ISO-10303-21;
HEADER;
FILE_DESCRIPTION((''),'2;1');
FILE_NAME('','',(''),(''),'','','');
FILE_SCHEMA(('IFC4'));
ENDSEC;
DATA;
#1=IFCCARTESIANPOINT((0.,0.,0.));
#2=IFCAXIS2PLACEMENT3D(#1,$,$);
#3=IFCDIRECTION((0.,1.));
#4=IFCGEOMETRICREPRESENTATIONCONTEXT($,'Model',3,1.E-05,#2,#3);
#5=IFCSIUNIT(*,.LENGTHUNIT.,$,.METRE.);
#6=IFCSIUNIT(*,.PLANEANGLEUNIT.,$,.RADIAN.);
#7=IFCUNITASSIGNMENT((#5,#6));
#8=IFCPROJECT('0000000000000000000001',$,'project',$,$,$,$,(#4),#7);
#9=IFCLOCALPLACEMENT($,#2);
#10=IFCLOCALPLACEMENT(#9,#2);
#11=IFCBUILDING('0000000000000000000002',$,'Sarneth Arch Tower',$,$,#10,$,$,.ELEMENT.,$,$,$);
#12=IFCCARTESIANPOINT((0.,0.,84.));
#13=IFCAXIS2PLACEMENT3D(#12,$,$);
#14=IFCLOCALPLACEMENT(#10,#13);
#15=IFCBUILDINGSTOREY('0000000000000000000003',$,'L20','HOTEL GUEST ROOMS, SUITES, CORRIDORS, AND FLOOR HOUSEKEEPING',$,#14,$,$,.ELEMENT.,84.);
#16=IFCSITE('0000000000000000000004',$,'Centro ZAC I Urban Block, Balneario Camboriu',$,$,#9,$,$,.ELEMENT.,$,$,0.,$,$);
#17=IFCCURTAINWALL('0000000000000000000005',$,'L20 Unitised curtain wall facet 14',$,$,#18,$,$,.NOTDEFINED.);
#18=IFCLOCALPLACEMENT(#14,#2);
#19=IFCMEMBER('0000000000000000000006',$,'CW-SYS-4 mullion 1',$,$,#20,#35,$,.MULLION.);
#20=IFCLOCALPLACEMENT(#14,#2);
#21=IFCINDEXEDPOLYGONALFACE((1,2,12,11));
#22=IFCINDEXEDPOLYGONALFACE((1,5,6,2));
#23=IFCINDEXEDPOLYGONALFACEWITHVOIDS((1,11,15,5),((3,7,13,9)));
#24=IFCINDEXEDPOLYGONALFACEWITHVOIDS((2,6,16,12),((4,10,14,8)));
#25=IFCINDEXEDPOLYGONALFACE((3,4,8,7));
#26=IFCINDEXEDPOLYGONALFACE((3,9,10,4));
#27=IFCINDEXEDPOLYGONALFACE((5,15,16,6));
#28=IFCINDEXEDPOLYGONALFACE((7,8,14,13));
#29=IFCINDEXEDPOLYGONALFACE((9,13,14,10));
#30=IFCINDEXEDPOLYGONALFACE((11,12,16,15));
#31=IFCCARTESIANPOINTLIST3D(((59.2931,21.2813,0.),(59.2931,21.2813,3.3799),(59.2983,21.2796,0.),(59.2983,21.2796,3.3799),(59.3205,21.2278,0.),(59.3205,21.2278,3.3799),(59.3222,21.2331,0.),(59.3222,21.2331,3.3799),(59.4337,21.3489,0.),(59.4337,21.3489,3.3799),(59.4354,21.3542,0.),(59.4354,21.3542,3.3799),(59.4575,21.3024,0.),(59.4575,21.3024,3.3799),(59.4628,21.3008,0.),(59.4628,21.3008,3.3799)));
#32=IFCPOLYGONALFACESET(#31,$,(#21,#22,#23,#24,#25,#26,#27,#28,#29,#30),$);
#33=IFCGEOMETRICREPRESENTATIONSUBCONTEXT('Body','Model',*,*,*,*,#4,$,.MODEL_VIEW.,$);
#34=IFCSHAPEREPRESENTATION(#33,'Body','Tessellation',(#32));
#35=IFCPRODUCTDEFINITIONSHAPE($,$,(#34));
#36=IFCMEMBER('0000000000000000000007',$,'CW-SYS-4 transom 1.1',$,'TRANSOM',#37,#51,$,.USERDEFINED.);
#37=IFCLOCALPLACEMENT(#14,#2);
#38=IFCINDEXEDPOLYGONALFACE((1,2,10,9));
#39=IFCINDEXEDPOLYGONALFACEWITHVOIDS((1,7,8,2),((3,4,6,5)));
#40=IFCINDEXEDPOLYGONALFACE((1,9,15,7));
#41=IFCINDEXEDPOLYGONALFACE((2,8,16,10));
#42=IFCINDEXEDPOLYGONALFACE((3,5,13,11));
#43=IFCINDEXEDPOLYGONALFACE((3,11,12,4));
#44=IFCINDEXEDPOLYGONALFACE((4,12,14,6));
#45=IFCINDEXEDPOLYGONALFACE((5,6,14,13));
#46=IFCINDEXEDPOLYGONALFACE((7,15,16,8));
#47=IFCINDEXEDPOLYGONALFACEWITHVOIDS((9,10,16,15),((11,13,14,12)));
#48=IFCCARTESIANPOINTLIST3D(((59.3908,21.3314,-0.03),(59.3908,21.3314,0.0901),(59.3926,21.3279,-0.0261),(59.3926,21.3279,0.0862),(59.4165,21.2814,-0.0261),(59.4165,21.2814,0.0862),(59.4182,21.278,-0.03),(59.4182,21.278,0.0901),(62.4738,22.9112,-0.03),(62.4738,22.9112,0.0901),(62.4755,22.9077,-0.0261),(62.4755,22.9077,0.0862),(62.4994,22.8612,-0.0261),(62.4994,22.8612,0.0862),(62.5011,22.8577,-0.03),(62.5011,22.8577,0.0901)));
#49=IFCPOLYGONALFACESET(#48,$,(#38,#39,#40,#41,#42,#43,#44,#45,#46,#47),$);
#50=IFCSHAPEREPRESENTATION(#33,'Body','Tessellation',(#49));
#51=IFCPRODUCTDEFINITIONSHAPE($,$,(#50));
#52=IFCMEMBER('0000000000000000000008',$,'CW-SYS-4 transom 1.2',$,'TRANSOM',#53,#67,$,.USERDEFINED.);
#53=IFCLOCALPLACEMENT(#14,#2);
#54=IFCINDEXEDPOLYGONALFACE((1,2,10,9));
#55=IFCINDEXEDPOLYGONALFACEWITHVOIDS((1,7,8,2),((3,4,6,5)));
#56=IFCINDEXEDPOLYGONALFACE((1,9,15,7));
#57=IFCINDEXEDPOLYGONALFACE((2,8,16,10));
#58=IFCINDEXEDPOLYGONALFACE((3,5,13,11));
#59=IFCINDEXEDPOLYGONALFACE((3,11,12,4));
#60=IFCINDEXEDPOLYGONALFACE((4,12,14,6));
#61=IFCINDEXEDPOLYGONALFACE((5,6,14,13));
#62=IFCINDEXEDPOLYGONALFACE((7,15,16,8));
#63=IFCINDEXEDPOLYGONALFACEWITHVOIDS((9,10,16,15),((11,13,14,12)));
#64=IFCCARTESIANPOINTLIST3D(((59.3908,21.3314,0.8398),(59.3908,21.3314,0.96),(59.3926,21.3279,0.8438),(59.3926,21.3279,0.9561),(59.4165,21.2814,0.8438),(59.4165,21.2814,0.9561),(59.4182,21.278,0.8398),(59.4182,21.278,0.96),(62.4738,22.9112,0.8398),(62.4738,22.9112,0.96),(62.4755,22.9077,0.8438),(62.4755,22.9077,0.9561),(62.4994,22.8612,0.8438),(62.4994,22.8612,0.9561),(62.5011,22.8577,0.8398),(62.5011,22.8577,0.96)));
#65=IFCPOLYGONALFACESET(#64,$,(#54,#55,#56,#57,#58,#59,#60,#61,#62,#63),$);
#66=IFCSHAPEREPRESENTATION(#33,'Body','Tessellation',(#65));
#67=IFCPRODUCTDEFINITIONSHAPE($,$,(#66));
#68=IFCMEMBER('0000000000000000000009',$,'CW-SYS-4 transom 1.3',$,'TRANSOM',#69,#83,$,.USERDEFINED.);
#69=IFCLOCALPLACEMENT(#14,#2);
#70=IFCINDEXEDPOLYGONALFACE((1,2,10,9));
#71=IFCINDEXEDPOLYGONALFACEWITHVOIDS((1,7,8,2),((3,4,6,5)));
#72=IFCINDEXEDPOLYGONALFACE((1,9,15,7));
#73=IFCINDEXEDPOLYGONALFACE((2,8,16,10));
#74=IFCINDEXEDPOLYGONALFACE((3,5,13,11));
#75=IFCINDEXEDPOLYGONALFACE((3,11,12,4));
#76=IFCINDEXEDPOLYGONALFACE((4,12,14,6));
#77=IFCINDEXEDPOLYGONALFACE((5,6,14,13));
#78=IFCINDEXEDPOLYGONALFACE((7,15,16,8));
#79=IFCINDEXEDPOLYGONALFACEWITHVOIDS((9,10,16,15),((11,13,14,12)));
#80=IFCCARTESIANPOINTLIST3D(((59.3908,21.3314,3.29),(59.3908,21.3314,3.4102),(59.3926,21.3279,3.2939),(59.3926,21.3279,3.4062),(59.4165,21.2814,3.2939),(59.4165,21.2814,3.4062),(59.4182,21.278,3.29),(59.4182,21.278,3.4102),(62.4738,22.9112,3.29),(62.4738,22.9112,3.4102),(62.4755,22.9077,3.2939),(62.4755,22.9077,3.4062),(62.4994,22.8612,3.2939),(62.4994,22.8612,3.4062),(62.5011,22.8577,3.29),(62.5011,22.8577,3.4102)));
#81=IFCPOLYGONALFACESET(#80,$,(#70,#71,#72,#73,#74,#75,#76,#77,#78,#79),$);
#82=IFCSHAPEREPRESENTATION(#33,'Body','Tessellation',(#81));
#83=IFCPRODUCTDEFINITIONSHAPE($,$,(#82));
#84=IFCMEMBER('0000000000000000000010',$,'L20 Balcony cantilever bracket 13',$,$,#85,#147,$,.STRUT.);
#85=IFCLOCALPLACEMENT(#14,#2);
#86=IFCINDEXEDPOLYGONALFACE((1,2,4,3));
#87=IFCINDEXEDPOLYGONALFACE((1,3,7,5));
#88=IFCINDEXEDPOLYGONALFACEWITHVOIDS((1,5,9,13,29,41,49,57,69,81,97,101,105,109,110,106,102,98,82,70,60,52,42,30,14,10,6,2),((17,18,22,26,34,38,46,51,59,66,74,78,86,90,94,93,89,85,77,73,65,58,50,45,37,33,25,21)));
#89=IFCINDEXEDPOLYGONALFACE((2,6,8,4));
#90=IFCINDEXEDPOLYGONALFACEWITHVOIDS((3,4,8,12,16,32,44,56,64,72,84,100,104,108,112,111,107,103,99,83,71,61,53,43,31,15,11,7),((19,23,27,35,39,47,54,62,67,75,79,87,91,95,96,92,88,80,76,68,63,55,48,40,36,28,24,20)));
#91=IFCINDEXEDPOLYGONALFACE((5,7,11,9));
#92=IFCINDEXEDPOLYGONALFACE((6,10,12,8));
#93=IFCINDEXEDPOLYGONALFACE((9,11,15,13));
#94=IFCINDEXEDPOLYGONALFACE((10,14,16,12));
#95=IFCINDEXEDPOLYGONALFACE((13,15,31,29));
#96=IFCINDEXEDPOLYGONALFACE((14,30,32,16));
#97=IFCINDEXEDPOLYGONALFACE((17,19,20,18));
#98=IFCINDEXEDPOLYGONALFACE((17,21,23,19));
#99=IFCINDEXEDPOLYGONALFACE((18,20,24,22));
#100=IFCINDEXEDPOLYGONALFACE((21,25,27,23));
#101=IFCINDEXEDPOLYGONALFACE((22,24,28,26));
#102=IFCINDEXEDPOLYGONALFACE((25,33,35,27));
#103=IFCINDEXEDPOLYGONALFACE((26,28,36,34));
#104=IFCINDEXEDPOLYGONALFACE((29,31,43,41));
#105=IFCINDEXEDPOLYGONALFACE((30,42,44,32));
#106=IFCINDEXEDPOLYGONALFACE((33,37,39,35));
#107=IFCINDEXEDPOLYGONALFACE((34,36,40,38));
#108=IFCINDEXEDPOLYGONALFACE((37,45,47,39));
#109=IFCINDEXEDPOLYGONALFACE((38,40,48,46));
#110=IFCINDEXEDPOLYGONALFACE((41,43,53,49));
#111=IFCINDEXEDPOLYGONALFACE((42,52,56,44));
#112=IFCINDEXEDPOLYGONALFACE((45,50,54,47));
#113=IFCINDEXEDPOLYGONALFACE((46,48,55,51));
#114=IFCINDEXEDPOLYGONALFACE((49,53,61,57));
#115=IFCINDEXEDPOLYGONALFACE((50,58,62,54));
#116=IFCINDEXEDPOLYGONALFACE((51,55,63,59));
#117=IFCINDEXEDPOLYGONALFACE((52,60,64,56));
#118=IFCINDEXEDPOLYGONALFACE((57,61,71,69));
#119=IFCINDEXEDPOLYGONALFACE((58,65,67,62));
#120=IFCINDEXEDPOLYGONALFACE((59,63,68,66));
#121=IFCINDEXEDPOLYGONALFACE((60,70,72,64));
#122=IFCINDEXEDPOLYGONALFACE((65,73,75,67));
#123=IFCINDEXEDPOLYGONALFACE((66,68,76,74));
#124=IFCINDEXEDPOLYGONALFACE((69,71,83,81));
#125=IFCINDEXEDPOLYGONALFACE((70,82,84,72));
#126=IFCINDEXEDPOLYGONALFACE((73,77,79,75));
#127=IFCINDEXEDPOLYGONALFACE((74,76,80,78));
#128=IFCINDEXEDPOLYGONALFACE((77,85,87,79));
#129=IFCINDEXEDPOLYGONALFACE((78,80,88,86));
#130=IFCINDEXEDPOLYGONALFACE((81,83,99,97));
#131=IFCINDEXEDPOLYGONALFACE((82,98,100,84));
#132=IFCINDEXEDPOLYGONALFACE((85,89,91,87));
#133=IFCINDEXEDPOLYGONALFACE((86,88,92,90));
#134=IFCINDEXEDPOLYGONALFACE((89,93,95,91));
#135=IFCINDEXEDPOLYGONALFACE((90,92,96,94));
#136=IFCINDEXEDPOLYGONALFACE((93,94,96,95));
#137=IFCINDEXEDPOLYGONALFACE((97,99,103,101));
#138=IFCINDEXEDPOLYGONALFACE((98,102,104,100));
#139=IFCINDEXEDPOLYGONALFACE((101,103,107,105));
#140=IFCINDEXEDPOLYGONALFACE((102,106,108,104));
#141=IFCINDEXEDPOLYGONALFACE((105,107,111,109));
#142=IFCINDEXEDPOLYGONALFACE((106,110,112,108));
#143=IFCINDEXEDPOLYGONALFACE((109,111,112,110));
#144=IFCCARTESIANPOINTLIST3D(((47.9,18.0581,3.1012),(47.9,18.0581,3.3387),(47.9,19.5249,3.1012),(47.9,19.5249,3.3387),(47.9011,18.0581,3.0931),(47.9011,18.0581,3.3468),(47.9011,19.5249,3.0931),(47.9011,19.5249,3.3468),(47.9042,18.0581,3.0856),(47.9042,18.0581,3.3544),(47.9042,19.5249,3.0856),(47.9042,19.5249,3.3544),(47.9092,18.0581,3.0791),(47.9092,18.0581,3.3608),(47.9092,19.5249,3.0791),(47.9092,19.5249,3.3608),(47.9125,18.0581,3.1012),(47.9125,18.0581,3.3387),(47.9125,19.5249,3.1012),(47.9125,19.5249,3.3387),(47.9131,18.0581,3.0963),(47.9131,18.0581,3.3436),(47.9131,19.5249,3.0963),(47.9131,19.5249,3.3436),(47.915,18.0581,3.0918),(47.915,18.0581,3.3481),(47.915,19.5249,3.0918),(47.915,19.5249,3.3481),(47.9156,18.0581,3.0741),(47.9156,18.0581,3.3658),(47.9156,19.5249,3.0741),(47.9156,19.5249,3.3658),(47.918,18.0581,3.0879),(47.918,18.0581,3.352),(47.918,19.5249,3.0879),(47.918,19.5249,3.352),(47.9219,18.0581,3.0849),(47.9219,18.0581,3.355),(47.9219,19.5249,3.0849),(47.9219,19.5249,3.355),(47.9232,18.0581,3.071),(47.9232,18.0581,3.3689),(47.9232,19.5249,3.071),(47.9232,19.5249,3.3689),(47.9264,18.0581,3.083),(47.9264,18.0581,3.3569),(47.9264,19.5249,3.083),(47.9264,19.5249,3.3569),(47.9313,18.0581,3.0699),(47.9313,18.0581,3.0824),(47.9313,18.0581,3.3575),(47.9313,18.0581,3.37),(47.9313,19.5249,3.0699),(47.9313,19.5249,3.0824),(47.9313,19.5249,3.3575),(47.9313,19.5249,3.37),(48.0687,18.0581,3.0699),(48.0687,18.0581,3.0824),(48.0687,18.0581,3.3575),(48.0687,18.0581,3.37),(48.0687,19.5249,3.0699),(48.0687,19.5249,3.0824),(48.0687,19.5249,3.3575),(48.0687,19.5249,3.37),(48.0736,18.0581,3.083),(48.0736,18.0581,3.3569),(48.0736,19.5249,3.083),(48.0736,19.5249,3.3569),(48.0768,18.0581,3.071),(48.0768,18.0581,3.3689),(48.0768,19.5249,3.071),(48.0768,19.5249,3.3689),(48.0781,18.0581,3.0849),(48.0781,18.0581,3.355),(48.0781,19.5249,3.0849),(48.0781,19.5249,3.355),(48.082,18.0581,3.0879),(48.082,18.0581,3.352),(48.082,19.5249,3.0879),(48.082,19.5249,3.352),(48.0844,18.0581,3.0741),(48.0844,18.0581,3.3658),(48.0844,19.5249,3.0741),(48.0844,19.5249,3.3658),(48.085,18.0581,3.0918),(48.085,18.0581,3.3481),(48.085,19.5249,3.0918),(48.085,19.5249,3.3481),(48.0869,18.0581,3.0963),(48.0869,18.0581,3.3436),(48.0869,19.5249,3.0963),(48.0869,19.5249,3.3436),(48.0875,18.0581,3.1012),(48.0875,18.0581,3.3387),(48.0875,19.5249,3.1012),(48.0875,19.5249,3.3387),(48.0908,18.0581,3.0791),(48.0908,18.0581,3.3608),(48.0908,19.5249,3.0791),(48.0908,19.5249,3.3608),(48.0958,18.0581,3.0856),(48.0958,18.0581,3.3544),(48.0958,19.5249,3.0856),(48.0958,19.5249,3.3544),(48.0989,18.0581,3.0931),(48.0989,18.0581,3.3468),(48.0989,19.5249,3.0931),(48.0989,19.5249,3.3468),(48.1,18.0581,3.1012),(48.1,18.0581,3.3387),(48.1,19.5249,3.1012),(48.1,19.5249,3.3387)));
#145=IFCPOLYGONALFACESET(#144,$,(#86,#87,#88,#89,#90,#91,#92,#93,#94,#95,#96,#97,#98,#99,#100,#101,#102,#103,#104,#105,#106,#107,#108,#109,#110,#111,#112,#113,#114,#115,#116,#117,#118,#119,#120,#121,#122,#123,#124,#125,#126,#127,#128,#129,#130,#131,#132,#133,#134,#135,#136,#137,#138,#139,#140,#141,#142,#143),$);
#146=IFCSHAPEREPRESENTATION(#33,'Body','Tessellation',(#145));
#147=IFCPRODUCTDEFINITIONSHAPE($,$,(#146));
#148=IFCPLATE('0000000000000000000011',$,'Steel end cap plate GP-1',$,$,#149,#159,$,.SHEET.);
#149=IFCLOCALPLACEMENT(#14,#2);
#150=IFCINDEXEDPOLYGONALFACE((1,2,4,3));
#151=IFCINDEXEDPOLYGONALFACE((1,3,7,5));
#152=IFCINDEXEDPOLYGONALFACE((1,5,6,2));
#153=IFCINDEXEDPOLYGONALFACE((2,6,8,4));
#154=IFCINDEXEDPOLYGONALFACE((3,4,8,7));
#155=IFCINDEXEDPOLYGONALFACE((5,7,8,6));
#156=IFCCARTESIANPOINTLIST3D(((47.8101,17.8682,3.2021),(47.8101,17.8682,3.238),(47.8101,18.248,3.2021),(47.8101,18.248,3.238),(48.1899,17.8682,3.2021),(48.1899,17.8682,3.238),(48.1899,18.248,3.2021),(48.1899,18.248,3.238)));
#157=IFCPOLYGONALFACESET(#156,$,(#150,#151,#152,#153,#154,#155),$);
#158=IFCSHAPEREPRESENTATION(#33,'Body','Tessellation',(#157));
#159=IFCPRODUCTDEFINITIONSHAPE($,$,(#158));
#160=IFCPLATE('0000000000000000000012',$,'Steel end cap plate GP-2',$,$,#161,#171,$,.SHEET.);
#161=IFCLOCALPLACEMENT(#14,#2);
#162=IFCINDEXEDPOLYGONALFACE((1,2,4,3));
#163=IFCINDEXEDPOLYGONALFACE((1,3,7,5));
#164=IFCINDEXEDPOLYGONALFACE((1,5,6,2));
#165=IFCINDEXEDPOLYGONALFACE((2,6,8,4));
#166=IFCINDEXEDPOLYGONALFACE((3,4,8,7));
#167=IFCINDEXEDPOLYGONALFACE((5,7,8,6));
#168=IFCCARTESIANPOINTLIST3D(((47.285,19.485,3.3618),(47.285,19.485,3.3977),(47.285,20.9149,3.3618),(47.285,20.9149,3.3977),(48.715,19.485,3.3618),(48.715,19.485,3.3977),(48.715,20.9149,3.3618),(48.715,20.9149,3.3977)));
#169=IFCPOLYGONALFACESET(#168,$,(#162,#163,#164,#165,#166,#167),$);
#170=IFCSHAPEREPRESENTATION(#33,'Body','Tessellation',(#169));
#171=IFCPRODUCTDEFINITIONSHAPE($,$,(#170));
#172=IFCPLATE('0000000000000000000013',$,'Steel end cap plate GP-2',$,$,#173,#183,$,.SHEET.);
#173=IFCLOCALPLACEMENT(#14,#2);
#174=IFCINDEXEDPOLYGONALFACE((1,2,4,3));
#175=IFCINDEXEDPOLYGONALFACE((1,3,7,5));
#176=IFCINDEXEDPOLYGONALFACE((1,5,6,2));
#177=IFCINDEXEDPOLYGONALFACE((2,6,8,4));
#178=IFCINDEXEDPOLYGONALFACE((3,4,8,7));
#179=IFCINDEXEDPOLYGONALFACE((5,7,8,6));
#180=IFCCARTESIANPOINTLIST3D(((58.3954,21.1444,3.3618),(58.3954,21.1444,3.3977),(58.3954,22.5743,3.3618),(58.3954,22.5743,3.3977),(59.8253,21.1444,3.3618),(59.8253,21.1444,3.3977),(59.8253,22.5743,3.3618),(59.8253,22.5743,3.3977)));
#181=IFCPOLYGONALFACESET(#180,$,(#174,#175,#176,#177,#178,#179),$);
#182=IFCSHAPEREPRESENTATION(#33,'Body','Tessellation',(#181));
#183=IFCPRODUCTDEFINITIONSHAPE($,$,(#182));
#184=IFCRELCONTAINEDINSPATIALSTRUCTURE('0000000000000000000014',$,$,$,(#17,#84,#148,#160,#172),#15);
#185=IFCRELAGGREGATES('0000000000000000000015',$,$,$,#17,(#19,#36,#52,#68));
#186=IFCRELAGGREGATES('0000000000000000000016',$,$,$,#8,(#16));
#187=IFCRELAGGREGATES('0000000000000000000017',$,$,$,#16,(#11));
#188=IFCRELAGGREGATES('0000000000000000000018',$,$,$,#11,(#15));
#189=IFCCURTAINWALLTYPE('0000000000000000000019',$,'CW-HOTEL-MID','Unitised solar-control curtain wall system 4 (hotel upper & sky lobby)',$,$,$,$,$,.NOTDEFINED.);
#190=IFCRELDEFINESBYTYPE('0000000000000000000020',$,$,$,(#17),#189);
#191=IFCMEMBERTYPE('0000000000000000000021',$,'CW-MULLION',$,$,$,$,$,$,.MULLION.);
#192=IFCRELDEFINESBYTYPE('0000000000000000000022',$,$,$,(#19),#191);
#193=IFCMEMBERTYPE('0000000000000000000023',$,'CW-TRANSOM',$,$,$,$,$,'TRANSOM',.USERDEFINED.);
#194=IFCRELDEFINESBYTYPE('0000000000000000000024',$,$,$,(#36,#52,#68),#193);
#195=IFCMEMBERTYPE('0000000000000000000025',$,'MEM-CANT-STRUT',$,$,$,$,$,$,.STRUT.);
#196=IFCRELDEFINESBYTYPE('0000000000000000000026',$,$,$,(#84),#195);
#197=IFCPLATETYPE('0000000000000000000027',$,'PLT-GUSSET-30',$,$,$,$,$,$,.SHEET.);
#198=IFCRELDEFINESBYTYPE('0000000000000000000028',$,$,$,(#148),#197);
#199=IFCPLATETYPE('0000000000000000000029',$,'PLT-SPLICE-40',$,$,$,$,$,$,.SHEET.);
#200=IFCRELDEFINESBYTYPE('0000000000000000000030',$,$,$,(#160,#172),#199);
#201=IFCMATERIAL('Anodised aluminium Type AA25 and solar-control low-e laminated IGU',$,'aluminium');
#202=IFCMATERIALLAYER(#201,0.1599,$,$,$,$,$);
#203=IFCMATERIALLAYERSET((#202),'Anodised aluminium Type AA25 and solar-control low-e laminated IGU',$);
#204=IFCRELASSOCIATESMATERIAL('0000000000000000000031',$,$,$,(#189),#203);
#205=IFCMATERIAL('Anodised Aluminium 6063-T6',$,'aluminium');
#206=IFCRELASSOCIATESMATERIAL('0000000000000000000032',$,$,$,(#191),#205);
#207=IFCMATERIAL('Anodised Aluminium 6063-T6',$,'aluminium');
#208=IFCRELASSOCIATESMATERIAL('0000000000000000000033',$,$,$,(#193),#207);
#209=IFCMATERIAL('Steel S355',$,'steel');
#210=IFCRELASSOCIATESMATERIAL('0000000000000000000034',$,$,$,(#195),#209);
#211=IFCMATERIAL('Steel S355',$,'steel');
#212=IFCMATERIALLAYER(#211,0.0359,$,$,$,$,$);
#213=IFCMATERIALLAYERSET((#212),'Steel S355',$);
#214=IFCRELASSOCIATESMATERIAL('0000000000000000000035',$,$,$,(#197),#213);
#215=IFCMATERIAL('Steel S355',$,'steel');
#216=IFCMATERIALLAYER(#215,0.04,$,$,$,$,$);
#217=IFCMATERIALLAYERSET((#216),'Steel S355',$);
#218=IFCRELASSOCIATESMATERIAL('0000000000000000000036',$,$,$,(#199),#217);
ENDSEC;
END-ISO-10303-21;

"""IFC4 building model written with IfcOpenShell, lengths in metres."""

from ifc_helpers import new_model, si_unit, direction, frame, origin, origin_2d, place, context, subcontext, project, spatial, rectangle, hollow_rectangle, extrude, material, layer, layer_set, material_profile, profile_set, type_object, element, aggregate, save


model = new_model("IFC4")

# Units and contexts
model_context = context("Model", 3, precision=1e-05, world=origin(), true_north=direction((0.0, 1.0)))
body_context = subcontext(model_context, "Body", "Model", "MODEL_VIEW")
ifc_project = project(units=[si_unit("LENGTHUNIT", "METRE"), si_unit("PLANEANGLEUNIT", "RADIAN")], contexts=[model_context])

# Site, building, storey
site_placement = place(None, origin())
site = spatial("IfcSite", under=ifc_project, at=site_placement, Name="Centro ZAC I Urban Block, Balneario Camboriu", CompositionType="ELEMENT", RefElevation=0.0)
building_placement = place(site_placement, origin())
building = spatial("IfcBuilding", under=site, at=building_placement, Name="Sarneth Arch Tower", CompositionType="ELEMENT")
storey_placement = place(building_placement, frame((0.0, 0.0, 84.0)))
storey = spatial("IfcBuildingStorey", under=building, at=storey_placement, Name="L20", Description="HOTEL GUEST ROOMS, SUITES, CORRIDORS, AND FLOOR HOUSEKEEPING", CompositionType="ELEMENT", Elevation=84.0)

# Curtain wall, members
ifc_material_1 = material(Name="Anodised aluminium Type AA25 and solar-control low-e laminated IGU", Category="aluminium")
ifc_layer_1 = layer(ifc_material_1, 0.1599)
ifc_layer_set_1 = layer_set([ifc_layer_1], Name="Anodised aluminium Type AA25 and solar-control low-e laminated IGU")
curtain_wall_type = type_object("IfcCurtainWallType", Name="CW-HOTEL-MID", Description="Unitised solar-control curtain wall system 4 (hotel upper & sky lobby)", PredefinedType="NOTDEFINED", material=ifc_layer_set_1)
curtain_wall_placement = place(storey_placement, origin())
curtain_wall = element("IfcCurtainWall", 1, at=curtain_wall_placement, inside=storey, type_object=curtain_wall_type, Name="L20 Unitised curtain wall facet 14", PredefinedType="NOTDEFINED")
ifc_material_2 = material(Name="Anodised Aluminium 6063-T6", Category="aluminium")
ifc_material_profile_1 = material_profile(ifc_material_2, hollow_rectangle(XDim=0.0601, YDim=0.1599, WallThickness=0.0039, at=origin_2d()), Name="AL-MULL-160x60x4")
ifc_profile_set_1 = profile_set([ifc_material_profile_1], Name="Anodised Aluminium 6063-T6")
member_type_1 = type_object("IfcMemberType", Name="CW-MULLION", PredefinedType="MULLION", material=ifc_profile_set_1)
member_1_placement = place(storey_placement, frame((59.3779, 21.291, 0.0), z_axis=(0.0, 0.0, 1.0), x_axis=(-0.456031, 0.889964, 0.0)))
member_1 = element("IfcMember", 2, at=member_1_placement, type_object=member_type_1, Name="CW-SYS-4 mullion 1", PredefinedType="MULLION", context=body_context, shape_type="SweptSolid", body=[
    extrude(hollow_rectangle(XDim=0.0601, YDim=0.1599, WallThickness=0.0039, at=origin_2d()), origin(), (0.0, 0.0, 1.0), 3.3799),
])
ifc_material_3 = material(Name="Anodised Aluminium 6063-T6", Category="aluminium")
ifc_material_profile_2 = material_profile(ifc_material_3, hollow_rectangle(XDim=0.0601, YDim=0.1201, WallThickness=0.0039, at=origin_2d()), Name="AL-TRAN-120x60x4")
ifc_profile_set_2 = profile_set([ifc_material_profile_2], Name="Anodised Aluminium 6063-T6")
member_type_2 = type_object("IfcMemberType", Name="CW-TRANSOM", ElementType="TRANSOM", PredefinedType="USERDEFINED", material=ifc_profile_set_2)
member_2_placement = place(storey_placement, frame((59.4045, 21.3047, 0.03), z_axis=(0.889958, 0.456043, 0.0), x_axis=(-0.456043, 0.889958, 0.0)))
member_2 = element("IfcMember", 3, at=member_2_placement, type_object=member_type_2, Name="CW-SYS-4 transom 1.1", ObjectType="TRANSOM", PredefinedType="USERDEFINED", context=body_context, shape_type="SweptSolid", body=[
    extrude(hollow_rectangle(XDim=0.0601, YDim=0.1201, WallThickness=0.0039, at=origin_2d()), origin(), (0.0, 0.0, 1.0), 3.4641),
])
member_3_placement = place(storey_placement, frame((59.4045, 21.3047, 0.8999), z_axis=(0.889958, 0.456043, 0.0), x_axis=(-0.456043, 0.889958, 0.0)))
member_3 = element("IfcMember", 4, at=member_3_placement, type_object=member_type_2, Name="CW-SYS-4 transom 1.2", ObjectType="TRANSOM", PredefinedType="USERDEFINED", context=body_context, shape_type="SweptSolid", body=[
    extrude(hollow_rectangle(XDim=0.0601, YDim=0.1201, WallThickness=0.0039, at=origin_2d()), origin(), (0.0, 0.0, 1.0), 3.4641),
])
member_4_placement = place(storey_placement, frame((59.4045, 21.3047, 3.3501), z_axis=(0.889958, 0.456043, 0.0), x_axis=(-0.456043, 0.889958, 0.0)))
member_4 = element("IfcMember", 5, at=member_4_placement, type_object=member_type_2, Name="CW-SYS-4 transom 1.3", ObjectType="TRANSOM", PredefinedType="USERDEFINED", context=body_context, shape_type="SweptSolid", body=[
    extrude(hollow_rectangle(XDim=0.0601, YDim=0.1201, WallThickness=0.0039, at=origin_2d()), origin(), (0.0, 0.0, 1.0), 3.4641),
])
aggregate(curtain_wall, [member_1, member_2, member_3, member_4])

# Member
ifc_material_4 = material(Name="Steel S355", Category="steel")
ifc_material_profile_3 = material_profile(ifc_material_4, hollow_rectangle(XDim=0.2, YDim=0.3, WallThickness=0.0125, InnerFilletRadius=0.0188, OuterFilletRadius=0.0312, at=origin_2d()), Name="RHS300x200x12.5")
ifc_profile_set_3 = profile_set([ifc_material_profile_3], Name="Steel S355")
member_type_3 = type_object("IfcMemberType", Name="MEM-CANT-STRUT", PredefinedType="STRUT", material=ifc_profile_set_3)
member_5_placement = place(storey_placement, frame((48.0, 19.5249, 3.22), z_axis=(0.0, -1.0, 0.0), x_axis=(1.0, 0.0, 0.0)))
element("IfcMember", 6, at=member_5_placement, inside=storey, type_object=member_type_3, Name="L20 Balcony cantilever bracket 13", PredefinedType="STRUT", context=body_context, shape_type="SweptSolid", body=[
    extrude(hollow_rectangle(XDim=0.2, YDim=0.3, WallThickness=0.0125, InnerFilletRadius=0.0188, OuterFilletRadius=0.0312, at=origin_2d()), origin(), (0.0, 0.0, 1.0), 1.4668),
])

# Plates
ifc_material_5 = material(Name="Steel S355", Category="steel")
ifc_layer_2 = layer(ifc_material_5, 0.0359)
ifc_layer_set_2 = layer_set([ifc_layer_2], Name="Steel S355")
plate_type_1 = type_object("IfcPlateType", Name="PLT-GUSSET-30", PredefinedType="SHEET", material=ifc_layer_set_2)
plate_placement = place(storey_placement, frame((48.0, 18.0581, 3.2021), z_axis=(0.0, 0.0, 1.0), x_axis=(0.0, -1.0, 0.0)))
element("IfcPlate", 7, at=plate_placement, inside=storey, type_object=plate_type_1, Name="Steel end cap plate GP-1", PredefinedType="SHEET", context=body_context, shape_type="SweptSolid", body=[
    extrude(rectangle(XDim=0.3799, YDim=0.3799, at=origin_2d()), origin(), (0.0, 0.0, 1.0), 0.0359),
])
ifc_material_6 = material(Name="Steel S355", Category="steel")
ifc_layer_3 = layer(ifc_material_6, 0.04)
ifc_layer_set_3 = layer_set([ifc_layer_3], Name="Steel S355")
plate_type_2 = type_object("IfcPlateType", Name="PLT-SPLICE-40", PredefinedType="SHEET", material=ifc_layer_set_3)
for number, where, z_axis, x_axis, name in (
    (8, (48.0, 20.2, 3.3618), (0.0, 0.0, 1.0), (1.0, 0.0, 0.0), "Steel end cap plate GP-2"),
    (9, (59.1104, 21.8594, 3.3618), (0.0, 0.0, 1.0), (1.0, 0.0, 0.0), "Steel end cap plate GP-2"),
):
    element("IfcPlate", number, at=place(storey_placement, frame(where, z_axis=z_axis, x_axis=x_axis)), inside=storey, type_object=plate_type_2, Name=name, PredefinedType="SHEET", context=body_context, shape_type="SweptSolid", body=[
        extrude(rectangle(XDim=1.4299, YDim=1.4299, at=origin_2d()), origin(), (0.0, 0.0, 1.0), 0.0359),
    ])

save(model, "model.ifc")
